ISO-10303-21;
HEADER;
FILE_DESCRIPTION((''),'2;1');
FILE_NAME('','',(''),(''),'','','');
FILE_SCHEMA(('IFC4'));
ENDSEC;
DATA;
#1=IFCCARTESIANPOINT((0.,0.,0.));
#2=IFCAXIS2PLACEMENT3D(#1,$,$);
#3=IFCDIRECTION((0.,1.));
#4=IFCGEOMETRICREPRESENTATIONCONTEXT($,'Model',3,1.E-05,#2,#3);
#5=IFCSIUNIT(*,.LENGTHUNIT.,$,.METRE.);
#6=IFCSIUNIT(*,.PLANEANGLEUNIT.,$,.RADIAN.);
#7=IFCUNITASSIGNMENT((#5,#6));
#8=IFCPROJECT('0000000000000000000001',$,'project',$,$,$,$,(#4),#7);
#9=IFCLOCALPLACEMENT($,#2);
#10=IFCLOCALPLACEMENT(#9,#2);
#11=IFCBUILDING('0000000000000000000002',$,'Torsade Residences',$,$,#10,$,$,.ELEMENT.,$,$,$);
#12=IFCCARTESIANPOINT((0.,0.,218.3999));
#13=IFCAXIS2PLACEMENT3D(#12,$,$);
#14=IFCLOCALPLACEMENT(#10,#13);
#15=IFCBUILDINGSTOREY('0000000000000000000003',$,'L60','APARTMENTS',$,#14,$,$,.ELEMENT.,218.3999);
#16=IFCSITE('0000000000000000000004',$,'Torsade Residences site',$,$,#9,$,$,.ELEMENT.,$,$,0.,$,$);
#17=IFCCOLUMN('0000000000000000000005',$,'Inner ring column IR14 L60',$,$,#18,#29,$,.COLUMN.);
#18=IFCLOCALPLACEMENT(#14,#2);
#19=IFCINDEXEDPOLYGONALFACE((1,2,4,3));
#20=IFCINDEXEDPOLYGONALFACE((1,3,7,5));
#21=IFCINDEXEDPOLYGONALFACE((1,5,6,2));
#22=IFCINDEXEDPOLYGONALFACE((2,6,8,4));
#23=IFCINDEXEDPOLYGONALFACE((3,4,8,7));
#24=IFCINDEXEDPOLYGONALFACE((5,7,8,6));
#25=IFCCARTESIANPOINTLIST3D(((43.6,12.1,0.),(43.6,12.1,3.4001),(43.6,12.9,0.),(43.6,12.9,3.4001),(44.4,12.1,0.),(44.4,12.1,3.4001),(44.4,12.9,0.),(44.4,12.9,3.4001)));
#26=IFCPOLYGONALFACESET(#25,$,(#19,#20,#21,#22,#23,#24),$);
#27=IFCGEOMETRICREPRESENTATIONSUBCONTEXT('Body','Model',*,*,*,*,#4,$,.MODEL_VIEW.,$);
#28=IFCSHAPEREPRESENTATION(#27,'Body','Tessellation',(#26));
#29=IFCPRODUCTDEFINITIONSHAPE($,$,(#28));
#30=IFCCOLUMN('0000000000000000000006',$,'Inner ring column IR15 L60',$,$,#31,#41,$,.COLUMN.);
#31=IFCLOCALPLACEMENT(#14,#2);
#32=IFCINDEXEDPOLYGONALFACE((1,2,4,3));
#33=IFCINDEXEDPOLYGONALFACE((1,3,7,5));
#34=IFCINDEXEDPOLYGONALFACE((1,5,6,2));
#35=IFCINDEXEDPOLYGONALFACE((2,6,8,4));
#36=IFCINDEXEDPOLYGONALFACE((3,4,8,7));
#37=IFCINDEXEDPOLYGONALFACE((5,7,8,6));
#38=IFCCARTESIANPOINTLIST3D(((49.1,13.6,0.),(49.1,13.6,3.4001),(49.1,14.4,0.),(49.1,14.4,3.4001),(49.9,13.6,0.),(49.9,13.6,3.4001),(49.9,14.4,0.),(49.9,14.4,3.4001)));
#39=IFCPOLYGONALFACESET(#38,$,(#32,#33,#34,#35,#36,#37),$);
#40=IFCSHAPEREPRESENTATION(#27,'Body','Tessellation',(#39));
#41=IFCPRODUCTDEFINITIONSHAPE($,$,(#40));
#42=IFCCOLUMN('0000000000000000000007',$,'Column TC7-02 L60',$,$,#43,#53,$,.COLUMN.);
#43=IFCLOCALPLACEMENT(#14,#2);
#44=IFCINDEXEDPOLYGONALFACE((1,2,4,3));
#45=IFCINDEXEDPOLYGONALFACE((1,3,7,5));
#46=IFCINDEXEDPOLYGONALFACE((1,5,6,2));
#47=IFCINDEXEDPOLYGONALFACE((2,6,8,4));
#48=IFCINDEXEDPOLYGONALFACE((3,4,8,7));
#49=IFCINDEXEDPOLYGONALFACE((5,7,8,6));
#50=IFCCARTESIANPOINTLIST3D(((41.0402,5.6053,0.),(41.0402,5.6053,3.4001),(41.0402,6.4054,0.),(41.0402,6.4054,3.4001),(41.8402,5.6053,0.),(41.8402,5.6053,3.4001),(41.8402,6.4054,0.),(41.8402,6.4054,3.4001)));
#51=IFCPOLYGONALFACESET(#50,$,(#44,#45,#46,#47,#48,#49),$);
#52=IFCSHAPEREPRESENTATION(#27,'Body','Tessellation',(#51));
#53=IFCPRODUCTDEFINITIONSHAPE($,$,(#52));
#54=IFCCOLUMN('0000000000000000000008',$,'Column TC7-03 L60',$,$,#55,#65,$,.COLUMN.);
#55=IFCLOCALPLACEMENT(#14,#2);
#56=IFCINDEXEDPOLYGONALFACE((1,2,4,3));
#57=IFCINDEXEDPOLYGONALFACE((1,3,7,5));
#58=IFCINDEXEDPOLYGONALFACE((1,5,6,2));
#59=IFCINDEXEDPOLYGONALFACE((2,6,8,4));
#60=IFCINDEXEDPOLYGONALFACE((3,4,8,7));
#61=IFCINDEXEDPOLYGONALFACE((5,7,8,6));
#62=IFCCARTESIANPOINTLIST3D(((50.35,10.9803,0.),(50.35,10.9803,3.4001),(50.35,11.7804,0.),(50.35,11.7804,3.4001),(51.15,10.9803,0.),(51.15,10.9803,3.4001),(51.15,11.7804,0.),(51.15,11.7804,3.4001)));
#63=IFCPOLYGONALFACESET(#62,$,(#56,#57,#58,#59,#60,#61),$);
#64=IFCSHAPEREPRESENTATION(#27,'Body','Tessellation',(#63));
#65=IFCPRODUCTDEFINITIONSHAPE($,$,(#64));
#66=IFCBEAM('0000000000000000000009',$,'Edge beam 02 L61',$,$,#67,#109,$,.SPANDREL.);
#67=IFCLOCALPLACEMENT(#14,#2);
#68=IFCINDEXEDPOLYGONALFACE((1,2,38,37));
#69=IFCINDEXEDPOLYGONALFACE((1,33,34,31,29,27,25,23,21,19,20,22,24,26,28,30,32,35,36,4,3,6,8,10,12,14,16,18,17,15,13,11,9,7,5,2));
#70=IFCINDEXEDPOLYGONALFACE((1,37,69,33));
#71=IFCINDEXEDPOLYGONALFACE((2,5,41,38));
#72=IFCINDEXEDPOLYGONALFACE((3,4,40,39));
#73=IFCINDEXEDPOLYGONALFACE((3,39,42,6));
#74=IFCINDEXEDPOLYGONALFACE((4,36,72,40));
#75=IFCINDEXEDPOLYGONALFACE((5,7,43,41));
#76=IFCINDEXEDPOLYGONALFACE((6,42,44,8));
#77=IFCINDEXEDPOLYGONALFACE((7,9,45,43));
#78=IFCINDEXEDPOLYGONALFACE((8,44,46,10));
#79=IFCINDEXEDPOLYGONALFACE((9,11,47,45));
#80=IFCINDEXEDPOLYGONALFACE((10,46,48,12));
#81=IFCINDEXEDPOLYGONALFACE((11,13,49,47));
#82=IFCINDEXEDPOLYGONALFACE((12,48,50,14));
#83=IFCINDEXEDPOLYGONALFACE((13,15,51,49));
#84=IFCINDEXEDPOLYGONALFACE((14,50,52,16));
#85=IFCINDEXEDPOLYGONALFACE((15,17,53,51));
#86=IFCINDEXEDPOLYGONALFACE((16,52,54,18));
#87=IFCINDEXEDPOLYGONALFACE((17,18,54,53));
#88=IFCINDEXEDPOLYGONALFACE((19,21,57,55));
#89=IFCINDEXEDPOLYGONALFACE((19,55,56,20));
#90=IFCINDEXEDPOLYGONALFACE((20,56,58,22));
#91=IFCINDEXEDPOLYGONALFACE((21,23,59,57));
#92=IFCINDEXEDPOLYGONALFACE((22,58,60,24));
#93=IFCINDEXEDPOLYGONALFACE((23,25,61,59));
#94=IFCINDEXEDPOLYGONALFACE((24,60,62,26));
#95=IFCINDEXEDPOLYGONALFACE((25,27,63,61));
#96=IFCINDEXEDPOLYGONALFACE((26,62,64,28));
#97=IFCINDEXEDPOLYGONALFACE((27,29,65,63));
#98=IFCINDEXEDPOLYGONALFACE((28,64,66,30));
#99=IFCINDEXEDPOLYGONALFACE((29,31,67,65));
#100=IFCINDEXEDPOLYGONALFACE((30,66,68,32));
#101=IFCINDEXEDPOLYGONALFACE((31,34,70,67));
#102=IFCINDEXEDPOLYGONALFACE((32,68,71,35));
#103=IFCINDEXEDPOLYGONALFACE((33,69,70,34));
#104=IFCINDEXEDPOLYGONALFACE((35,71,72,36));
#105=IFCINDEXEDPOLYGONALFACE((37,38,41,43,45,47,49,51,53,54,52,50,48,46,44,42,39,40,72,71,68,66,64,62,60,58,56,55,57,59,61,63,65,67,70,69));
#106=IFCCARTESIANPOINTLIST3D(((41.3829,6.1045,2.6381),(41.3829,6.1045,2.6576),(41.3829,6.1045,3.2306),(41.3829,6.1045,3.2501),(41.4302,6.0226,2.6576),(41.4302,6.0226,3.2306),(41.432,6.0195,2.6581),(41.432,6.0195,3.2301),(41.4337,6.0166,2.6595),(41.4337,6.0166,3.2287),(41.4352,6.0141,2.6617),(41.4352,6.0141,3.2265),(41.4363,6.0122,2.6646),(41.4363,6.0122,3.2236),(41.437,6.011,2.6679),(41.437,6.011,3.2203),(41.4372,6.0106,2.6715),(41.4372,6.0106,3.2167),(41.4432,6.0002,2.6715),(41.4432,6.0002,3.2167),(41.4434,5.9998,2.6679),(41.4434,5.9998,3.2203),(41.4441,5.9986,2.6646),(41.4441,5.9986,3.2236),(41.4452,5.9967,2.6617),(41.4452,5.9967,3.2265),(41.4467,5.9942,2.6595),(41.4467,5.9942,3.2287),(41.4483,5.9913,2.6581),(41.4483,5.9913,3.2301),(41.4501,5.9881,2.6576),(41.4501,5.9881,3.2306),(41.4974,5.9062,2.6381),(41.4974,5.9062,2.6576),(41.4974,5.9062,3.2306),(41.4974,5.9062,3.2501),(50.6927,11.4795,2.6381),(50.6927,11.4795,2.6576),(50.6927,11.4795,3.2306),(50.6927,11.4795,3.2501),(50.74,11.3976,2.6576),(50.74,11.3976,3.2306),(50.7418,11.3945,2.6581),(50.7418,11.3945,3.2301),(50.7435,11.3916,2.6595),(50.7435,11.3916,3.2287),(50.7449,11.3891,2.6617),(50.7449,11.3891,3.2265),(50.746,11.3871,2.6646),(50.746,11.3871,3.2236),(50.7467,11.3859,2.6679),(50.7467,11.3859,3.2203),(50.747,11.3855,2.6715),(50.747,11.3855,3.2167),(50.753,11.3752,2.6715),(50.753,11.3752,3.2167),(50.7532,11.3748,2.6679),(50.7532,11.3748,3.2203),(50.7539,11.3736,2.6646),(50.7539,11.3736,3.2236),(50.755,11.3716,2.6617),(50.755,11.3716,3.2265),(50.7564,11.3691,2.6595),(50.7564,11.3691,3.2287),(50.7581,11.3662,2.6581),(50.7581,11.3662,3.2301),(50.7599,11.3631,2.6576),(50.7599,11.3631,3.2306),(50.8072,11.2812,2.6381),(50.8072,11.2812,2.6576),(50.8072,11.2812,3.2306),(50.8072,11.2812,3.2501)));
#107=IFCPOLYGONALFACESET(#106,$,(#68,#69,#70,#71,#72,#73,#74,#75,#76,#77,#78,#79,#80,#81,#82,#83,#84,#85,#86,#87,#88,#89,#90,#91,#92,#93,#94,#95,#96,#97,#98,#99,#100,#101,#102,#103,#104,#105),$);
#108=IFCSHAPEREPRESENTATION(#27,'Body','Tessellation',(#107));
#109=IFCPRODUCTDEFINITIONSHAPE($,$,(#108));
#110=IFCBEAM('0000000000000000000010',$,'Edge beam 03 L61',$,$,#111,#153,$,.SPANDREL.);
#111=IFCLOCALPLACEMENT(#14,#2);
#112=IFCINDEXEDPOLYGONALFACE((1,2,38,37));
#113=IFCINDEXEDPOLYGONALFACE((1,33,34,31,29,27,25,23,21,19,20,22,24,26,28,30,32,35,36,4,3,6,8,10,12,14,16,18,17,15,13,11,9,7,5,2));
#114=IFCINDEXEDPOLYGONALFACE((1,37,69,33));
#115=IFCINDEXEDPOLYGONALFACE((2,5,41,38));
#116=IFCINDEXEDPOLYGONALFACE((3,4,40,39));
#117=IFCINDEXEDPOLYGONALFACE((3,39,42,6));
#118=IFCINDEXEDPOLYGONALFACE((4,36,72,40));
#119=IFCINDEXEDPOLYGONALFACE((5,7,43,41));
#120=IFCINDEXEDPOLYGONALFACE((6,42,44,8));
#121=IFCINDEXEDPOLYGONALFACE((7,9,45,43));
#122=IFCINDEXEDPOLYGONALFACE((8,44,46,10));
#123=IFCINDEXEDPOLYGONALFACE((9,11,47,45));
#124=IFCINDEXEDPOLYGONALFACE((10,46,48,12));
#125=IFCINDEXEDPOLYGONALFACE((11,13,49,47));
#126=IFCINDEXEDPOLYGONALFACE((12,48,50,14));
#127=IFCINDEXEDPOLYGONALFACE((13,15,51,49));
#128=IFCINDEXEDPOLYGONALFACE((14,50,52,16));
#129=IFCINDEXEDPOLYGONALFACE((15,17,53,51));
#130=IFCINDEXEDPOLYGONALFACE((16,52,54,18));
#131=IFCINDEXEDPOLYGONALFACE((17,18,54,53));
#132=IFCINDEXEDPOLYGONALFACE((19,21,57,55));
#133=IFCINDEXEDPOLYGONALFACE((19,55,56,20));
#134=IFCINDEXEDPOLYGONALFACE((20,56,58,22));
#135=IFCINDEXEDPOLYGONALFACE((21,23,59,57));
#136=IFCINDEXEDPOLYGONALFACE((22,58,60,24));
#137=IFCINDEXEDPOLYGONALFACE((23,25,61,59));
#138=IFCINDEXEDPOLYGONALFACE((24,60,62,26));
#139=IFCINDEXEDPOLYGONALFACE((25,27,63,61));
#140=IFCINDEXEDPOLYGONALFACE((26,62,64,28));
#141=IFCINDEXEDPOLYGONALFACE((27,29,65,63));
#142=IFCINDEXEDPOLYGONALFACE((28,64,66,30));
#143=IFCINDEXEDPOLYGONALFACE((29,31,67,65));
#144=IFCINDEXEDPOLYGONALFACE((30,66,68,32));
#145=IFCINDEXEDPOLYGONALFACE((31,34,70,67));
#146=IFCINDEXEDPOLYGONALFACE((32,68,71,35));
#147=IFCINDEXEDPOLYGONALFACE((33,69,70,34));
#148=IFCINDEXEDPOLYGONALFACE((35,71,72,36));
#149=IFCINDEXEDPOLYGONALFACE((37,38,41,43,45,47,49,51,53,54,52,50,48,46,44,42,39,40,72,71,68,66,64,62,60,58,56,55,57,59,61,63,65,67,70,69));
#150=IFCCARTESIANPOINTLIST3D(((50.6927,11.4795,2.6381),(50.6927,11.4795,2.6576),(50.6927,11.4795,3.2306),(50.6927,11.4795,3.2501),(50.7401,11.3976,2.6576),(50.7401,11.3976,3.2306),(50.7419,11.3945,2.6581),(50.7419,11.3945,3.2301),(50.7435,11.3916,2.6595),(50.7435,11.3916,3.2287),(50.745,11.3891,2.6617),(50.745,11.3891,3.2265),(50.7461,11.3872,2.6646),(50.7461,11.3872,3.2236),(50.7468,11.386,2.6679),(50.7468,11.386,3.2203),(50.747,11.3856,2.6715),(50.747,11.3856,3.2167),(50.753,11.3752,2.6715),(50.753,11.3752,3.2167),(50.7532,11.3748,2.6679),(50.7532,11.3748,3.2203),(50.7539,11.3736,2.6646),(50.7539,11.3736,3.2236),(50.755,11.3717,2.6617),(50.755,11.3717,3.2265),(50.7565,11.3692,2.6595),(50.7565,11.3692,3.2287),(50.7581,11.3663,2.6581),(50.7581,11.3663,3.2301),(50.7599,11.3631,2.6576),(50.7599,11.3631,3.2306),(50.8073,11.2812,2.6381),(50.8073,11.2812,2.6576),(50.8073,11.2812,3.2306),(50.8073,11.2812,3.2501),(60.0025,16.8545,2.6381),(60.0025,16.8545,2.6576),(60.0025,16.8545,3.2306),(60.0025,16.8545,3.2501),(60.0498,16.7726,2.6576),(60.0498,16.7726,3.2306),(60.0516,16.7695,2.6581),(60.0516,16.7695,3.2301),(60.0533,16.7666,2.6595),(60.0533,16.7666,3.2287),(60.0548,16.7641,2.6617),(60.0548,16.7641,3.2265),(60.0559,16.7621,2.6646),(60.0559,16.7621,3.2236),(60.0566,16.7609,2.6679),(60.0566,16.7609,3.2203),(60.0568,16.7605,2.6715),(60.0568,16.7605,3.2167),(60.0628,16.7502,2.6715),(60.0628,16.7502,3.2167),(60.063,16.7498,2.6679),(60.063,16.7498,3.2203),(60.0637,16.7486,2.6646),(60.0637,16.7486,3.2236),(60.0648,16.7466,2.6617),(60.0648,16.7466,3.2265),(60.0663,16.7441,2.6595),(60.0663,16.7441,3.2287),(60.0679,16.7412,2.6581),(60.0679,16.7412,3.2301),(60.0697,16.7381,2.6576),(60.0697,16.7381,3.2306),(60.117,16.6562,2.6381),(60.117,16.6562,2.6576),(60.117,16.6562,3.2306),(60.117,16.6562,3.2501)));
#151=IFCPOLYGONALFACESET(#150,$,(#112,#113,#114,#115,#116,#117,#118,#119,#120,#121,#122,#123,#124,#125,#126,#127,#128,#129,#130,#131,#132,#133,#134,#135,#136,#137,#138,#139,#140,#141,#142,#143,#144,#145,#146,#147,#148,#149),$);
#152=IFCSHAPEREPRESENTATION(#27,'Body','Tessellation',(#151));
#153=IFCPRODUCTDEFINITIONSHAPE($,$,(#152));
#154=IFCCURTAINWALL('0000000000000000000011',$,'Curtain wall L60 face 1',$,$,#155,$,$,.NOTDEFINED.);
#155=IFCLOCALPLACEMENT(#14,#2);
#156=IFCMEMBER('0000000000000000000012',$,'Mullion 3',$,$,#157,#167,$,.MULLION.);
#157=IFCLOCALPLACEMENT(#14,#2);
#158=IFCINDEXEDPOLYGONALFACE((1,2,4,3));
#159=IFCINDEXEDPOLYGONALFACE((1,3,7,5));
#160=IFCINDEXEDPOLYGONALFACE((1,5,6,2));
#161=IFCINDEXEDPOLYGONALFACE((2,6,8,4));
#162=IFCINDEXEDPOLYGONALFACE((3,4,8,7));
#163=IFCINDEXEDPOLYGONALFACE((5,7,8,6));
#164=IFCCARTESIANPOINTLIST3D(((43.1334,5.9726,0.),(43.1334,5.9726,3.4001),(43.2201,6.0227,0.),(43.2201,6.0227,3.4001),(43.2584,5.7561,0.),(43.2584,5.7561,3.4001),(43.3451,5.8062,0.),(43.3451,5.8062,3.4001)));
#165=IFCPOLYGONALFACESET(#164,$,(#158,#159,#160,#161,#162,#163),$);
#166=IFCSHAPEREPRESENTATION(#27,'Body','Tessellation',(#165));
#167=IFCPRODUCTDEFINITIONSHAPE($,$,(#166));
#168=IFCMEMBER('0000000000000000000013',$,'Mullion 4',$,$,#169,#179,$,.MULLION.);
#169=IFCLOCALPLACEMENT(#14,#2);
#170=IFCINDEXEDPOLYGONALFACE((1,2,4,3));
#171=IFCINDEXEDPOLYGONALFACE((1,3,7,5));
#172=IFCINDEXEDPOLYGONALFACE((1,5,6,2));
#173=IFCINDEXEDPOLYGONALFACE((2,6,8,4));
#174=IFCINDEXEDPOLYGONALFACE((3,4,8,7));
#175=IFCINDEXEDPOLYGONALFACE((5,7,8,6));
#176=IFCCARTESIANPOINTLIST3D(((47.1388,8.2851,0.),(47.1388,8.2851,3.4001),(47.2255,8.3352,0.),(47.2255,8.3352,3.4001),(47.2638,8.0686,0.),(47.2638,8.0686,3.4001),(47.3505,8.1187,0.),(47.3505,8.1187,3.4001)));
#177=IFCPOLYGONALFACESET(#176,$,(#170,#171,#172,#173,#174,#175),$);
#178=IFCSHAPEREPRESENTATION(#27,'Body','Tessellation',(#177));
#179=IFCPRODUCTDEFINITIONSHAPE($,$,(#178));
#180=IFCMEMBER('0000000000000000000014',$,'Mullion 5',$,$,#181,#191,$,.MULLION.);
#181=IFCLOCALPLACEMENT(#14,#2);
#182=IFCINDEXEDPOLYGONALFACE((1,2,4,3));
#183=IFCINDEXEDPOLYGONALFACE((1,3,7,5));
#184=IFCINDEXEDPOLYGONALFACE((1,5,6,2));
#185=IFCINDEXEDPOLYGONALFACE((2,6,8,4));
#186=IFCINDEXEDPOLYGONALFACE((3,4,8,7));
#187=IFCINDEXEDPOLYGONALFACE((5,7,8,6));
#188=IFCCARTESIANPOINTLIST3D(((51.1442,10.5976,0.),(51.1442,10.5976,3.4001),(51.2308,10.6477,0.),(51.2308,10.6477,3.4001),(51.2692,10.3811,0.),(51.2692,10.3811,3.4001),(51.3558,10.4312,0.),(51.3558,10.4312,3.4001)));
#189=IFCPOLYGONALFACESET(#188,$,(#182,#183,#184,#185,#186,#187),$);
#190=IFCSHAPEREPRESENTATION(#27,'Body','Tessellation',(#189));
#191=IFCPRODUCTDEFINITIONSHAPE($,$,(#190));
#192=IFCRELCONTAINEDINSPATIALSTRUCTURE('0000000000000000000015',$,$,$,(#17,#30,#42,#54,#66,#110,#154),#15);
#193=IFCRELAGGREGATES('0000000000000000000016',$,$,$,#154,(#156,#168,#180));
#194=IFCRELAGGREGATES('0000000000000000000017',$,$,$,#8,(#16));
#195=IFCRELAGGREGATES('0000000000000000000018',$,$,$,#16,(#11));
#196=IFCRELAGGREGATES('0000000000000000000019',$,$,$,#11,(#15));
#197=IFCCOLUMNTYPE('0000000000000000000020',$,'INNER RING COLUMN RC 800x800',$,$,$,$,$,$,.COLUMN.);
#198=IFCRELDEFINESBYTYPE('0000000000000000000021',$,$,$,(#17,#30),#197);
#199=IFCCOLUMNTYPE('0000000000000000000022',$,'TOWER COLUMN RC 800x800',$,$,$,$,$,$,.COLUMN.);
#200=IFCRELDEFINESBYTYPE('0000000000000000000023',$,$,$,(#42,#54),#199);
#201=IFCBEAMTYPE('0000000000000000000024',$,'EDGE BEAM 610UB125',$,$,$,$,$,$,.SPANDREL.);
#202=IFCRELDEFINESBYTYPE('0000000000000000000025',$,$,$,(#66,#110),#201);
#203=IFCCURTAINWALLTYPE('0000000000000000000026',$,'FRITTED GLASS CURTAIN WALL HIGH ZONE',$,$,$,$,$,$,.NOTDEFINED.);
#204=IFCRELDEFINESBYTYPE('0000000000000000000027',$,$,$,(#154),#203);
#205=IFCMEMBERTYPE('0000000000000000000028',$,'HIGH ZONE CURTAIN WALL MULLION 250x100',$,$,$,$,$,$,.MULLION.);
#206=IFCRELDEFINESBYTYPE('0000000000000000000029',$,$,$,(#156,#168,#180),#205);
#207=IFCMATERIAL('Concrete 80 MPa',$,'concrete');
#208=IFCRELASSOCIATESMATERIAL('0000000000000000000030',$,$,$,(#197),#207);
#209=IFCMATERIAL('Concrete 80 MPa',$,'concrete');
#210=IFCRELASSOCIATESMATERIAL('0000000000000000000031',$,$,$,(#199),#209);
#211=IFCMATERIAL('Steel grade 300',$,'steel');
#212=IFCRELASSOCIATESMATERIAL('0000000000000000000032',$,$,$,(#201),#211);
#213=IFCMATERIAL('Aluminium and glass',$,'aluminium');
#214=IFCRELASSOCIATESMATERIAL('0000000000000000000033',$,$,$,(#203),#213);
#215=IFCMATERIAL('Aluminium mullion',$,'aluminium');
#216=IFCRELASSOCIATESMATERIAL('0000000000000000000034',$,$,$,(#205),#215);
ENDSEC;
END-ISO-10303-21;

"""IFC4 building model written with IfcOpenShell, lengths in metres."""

from ifc_helpers import new_model, si_unit, direction, frame, origin, origin_2d, place, context, subcontext, project, spatial, rectangle, i_section, extrude, material, material_profile, profile_set, type_object, element, aggregate, save


model = new_model("IFC4")

# Units and contexts
model_context = context("Model", 3, precision=1e-05, world=origin(), true_north=direction((0.0, 1.0)))
body_context = subcontext(model_context, "Body", "Model", "MODEL_VIEW")
ifc_project = project(units=[si_unit("LENGTHUNIT", "METRE"), si_unit("PLANEANGLEUNIT", "RADIAN")], contexts=[model_context])

# Site, building, storey
site_placement = place(None, origin())
site = spatial("IfcSite", under=ifc_project, at=site_placement, Name="Torsade Residences site", CompositionType="ELEMENT", RefElevation=0.0)
building_placement = place(site_placement, origin())
building = spatial("IfcBuilding", under=site, at=building_placement, Name="Torsade Residences", CompositionType="ELEMENT")
storey_placement = place(building_placement, frame((0.0, 0.0, 218.3999)))
storey = spatial("IfcBuildingStorey", under=building, at=storey_placement, Name="L60", Description="APARTMENTS", CompositionType="ELEMENT", Elevation=218.3999)

# Columns
ifc_material_1 = material(Name="Concrete 80 MPa", Category="concrete")
ifc_material_profile_1 = material_profile(ifc_material_1, rectangle(XDim=0.8, YDim=0.8, at=origin_2d()), Name="RC 800x800")
ifc_profile_set_1 = profile_set([ifc_material_profile_1], Name="Concrete 80 MPa")
column_type_1 = type_object("IfcColumnType", Name="INNER RING COLUMN RC 800x800", PredefinedType="COLUMN", material=ifc_profile_set_1)
for number, where, z_axis, x_axis, name in (
    (1, (44.0, 12.5, 0.0), (0.0, 0.0, 1.0), (1.0, 0.0, 0.0), "Inner ring column IR14 L60"),
    (2, (49.5, 14.0, 0.0), (0.0, 0.0, 1.0), (1.0, 0.0, 0.0), "Inner ring column IR15 L60"),
):
    element("IfcColumn", number, at=place(storey_placement, frame(where, z_axis=z_axis, x_axis=x_axis)), inside=storey, type_object=column_type_1, Name=name, PredefinedType="COLUMN", context=body_context, shape_type="SweptSolid", body=[
        extrude(rectangle(XDim=0.8, YDim=0.8, at=origin_2d()), origin(), (0.0, 0.0, 1.0), 3.4001),
    ])
ifc_material_2 = material(Name="Concrete 80 MPa", Category="concrete")
ifc_material_profile_2 = material_profile(ifc_material_2, rectangle(XDim=0.8, YDim=0.8, at=origin_2d()), Name="RC 800x800")
ifc_profile_set_2 = profile_set([ifc_material_profile_2], Name="Concrete 80 MPa")
column_type_2 = type_object("IfcColumnType", Name="TOWER COLUMN RC 800x800", PredefinedType="COLUMN", material=ifc_profile_set_2)
for number, where, z_axis, x_axis, name in (
    (3, (41.4402, 6.0054, 0.0), (0.0, 0.0, 1.0), (1.0, 0.0, 0.0), "Column TC7-02 L60"),
    (4, (50.75, 11.3804, 0.0), (0.0, 0.0, 1.0), (1.0, 0.0, 0.0), "Column TC7-03 L60"),
):
    element("IfcColumn", number, at=place(storey_placement, frame(where, z_axis=z_axis, x_axis=x_axis)), inside=storey, type_object=column_type_2, Name=name, PredefinedType="COLUMN", context=body_context, shape_type="SweptSolid", body=[
        extrude(rectangle(XDim=0.8, YDim=0.8, at=origin_2d()), origin(), (0.0, 0.0, 1.0), 3.4001),
    ])

# Beams
ifc_material_3 = material(Name="Steel grade 300", Category="steel")
ifc_material_profile_3 = material_profile(ifc_material_3, i_section(OverallWidth=0.229, OverallDepth=0.6121, WebThickness=0.012, FlangeThickness=0.0195, FilletRadius=0.0139, at=origin_2d()), Name="610UB125")
ifc_profile_set_3 = profile_set([ifc_material_profile_3], Name="Steel grade 300")
beam_type_1 = type_object("IfcBeamType", Name="EDGE BEAM 610UB125", PredefinedType="SPANDREL", material=ifc_profile_set_3)
for number, where, z_axis, x_axis, name in (
    (5, (41.4402, 6.0054, 2.9441), (0.866026, 0.499998, 0.0), (-0.499998, 0.866026, 0.0), "Edge beam 02 L61"),
    (6, (50.75, 11.3804, 2.9441), (0.866026, 0.499998, 0.0), (-0.499998, 0.866026, 0.0), "Edge beam 03 L61"),
):
    element("IfcBeam", number, at=place(storey_placement, frame(where, z_axis=z_axis, x_axis=x_axis)), inside=storey, type_object=beam_type_1, Name=name, PredefinedType="SPANDREL", context=body_context, shape_type="SweptSolid", body=[
        extrude(i_section(OverallWidth=0.229, OverallDepth=0.6121, WebThickness=0.012, FlangeThickness=0.0195, FilletRadius=0.0139, at=origin_2d()), origin(), (0.0, 0.0, 1.0), 10.75),
    ])

# Curtain wall, members
ifc_material_4 = material(Name="Aluminium and glass", Category="aluminium")
curtain_wall_type = type_object("IfcCurtainWallType", Name="FRITTED GLASS CURTAIN WALL HIGH ZONE", PredefinedType="NOTDEFINED", material=ifc_material_4)
curtain_wall_placement = place(storey_placement, origin())
curtain_wall = element("IfcCurtainWall", 7, at=curtain_wall_placement, inside=storey, type_object=curtain_wall_type, Name="Curtain wall L60 face 1", PredefinedType="NOTDEFINED")
ifc_material_5 = material(Name="Aluminium mullion", Category="aluminium")
ifc_material_profile_4 = material_profile(ifc_material_5, rectangle(XDim=0.25, YDim=0.1001, at=origin_2d()), Name="HIGH ZONE CURTAIN WALL MULLION 250x100")
ifc_profile_set_4 = profile_set([ifc_material_profile_4], Name="Aluminium mullion")
member_type_1 = type_object("IfcMemberType", Name="HIGH ZONE CURTAIN WALL MULLION 250x100", PredefinedType="MULLION", material=ifc_profile_set_4)
member_1_placement = place(storey_placement, frame((43.2393, 5.8894, 0.0), z_axis=(0.0, 0.0, 1.0), x_axis=(-0.5, 0.866025, 0.0)))
member_1 = element("IfcMember", 8, at=member_1_placement, type_object=member_type_1, Name="Mullion 3", PredefinedType="MULLION", context=body_context, shape_type="SweptSolid", body=[
    extrude(rectangle(XDim=0.25, YDim=0.1001, at=origin_2d()), origin(), (0.0, 0.0, 1.0), 3.4001),
])
member_2_placement = place(storey_placement, frame((47.2446, 8.2019, 0.0), z_axis=(0.0, 0.0, 1.0), x_axis=(-0.5, 0.866025, 0.0)))
member_2 = element("IfcMember", 9, at=member_2_placement, type_object=member_type_1, Name="Mullion 4", PredefinedType="MULLION", context=body_context, shape_type="SweptSolid", body=[
    extrude(rectangle(XDim=0.25, YDim=0.1001, at=origin_2d()), origin(), (0.0, 0.0, 1.0), 3.4001),
])
member_3_placement = place(storey_placement, frame((51.25, 10.5144, 0.0), z_axis=(0.0, 0.0, 1.0), x_axis=(-0.5, 0.866025, 0.0)))
member_3 = element("IfcMember", 10, at=member_3_placement, type_object=member_type_1, Name="Mullion 5", PredefinedType="MULLION", context=body_context, shape_type="SweptSolid", body=[
    extrude(rectangle(XDim=0.25, YDim=0.1001, at=origin_2d()), origin(), (0.0, 0.0, 1.0), 3.4001),
])

aggregate(curtain_wall, [member_1, member_2, member_3])

save(model, "model.ifc")
